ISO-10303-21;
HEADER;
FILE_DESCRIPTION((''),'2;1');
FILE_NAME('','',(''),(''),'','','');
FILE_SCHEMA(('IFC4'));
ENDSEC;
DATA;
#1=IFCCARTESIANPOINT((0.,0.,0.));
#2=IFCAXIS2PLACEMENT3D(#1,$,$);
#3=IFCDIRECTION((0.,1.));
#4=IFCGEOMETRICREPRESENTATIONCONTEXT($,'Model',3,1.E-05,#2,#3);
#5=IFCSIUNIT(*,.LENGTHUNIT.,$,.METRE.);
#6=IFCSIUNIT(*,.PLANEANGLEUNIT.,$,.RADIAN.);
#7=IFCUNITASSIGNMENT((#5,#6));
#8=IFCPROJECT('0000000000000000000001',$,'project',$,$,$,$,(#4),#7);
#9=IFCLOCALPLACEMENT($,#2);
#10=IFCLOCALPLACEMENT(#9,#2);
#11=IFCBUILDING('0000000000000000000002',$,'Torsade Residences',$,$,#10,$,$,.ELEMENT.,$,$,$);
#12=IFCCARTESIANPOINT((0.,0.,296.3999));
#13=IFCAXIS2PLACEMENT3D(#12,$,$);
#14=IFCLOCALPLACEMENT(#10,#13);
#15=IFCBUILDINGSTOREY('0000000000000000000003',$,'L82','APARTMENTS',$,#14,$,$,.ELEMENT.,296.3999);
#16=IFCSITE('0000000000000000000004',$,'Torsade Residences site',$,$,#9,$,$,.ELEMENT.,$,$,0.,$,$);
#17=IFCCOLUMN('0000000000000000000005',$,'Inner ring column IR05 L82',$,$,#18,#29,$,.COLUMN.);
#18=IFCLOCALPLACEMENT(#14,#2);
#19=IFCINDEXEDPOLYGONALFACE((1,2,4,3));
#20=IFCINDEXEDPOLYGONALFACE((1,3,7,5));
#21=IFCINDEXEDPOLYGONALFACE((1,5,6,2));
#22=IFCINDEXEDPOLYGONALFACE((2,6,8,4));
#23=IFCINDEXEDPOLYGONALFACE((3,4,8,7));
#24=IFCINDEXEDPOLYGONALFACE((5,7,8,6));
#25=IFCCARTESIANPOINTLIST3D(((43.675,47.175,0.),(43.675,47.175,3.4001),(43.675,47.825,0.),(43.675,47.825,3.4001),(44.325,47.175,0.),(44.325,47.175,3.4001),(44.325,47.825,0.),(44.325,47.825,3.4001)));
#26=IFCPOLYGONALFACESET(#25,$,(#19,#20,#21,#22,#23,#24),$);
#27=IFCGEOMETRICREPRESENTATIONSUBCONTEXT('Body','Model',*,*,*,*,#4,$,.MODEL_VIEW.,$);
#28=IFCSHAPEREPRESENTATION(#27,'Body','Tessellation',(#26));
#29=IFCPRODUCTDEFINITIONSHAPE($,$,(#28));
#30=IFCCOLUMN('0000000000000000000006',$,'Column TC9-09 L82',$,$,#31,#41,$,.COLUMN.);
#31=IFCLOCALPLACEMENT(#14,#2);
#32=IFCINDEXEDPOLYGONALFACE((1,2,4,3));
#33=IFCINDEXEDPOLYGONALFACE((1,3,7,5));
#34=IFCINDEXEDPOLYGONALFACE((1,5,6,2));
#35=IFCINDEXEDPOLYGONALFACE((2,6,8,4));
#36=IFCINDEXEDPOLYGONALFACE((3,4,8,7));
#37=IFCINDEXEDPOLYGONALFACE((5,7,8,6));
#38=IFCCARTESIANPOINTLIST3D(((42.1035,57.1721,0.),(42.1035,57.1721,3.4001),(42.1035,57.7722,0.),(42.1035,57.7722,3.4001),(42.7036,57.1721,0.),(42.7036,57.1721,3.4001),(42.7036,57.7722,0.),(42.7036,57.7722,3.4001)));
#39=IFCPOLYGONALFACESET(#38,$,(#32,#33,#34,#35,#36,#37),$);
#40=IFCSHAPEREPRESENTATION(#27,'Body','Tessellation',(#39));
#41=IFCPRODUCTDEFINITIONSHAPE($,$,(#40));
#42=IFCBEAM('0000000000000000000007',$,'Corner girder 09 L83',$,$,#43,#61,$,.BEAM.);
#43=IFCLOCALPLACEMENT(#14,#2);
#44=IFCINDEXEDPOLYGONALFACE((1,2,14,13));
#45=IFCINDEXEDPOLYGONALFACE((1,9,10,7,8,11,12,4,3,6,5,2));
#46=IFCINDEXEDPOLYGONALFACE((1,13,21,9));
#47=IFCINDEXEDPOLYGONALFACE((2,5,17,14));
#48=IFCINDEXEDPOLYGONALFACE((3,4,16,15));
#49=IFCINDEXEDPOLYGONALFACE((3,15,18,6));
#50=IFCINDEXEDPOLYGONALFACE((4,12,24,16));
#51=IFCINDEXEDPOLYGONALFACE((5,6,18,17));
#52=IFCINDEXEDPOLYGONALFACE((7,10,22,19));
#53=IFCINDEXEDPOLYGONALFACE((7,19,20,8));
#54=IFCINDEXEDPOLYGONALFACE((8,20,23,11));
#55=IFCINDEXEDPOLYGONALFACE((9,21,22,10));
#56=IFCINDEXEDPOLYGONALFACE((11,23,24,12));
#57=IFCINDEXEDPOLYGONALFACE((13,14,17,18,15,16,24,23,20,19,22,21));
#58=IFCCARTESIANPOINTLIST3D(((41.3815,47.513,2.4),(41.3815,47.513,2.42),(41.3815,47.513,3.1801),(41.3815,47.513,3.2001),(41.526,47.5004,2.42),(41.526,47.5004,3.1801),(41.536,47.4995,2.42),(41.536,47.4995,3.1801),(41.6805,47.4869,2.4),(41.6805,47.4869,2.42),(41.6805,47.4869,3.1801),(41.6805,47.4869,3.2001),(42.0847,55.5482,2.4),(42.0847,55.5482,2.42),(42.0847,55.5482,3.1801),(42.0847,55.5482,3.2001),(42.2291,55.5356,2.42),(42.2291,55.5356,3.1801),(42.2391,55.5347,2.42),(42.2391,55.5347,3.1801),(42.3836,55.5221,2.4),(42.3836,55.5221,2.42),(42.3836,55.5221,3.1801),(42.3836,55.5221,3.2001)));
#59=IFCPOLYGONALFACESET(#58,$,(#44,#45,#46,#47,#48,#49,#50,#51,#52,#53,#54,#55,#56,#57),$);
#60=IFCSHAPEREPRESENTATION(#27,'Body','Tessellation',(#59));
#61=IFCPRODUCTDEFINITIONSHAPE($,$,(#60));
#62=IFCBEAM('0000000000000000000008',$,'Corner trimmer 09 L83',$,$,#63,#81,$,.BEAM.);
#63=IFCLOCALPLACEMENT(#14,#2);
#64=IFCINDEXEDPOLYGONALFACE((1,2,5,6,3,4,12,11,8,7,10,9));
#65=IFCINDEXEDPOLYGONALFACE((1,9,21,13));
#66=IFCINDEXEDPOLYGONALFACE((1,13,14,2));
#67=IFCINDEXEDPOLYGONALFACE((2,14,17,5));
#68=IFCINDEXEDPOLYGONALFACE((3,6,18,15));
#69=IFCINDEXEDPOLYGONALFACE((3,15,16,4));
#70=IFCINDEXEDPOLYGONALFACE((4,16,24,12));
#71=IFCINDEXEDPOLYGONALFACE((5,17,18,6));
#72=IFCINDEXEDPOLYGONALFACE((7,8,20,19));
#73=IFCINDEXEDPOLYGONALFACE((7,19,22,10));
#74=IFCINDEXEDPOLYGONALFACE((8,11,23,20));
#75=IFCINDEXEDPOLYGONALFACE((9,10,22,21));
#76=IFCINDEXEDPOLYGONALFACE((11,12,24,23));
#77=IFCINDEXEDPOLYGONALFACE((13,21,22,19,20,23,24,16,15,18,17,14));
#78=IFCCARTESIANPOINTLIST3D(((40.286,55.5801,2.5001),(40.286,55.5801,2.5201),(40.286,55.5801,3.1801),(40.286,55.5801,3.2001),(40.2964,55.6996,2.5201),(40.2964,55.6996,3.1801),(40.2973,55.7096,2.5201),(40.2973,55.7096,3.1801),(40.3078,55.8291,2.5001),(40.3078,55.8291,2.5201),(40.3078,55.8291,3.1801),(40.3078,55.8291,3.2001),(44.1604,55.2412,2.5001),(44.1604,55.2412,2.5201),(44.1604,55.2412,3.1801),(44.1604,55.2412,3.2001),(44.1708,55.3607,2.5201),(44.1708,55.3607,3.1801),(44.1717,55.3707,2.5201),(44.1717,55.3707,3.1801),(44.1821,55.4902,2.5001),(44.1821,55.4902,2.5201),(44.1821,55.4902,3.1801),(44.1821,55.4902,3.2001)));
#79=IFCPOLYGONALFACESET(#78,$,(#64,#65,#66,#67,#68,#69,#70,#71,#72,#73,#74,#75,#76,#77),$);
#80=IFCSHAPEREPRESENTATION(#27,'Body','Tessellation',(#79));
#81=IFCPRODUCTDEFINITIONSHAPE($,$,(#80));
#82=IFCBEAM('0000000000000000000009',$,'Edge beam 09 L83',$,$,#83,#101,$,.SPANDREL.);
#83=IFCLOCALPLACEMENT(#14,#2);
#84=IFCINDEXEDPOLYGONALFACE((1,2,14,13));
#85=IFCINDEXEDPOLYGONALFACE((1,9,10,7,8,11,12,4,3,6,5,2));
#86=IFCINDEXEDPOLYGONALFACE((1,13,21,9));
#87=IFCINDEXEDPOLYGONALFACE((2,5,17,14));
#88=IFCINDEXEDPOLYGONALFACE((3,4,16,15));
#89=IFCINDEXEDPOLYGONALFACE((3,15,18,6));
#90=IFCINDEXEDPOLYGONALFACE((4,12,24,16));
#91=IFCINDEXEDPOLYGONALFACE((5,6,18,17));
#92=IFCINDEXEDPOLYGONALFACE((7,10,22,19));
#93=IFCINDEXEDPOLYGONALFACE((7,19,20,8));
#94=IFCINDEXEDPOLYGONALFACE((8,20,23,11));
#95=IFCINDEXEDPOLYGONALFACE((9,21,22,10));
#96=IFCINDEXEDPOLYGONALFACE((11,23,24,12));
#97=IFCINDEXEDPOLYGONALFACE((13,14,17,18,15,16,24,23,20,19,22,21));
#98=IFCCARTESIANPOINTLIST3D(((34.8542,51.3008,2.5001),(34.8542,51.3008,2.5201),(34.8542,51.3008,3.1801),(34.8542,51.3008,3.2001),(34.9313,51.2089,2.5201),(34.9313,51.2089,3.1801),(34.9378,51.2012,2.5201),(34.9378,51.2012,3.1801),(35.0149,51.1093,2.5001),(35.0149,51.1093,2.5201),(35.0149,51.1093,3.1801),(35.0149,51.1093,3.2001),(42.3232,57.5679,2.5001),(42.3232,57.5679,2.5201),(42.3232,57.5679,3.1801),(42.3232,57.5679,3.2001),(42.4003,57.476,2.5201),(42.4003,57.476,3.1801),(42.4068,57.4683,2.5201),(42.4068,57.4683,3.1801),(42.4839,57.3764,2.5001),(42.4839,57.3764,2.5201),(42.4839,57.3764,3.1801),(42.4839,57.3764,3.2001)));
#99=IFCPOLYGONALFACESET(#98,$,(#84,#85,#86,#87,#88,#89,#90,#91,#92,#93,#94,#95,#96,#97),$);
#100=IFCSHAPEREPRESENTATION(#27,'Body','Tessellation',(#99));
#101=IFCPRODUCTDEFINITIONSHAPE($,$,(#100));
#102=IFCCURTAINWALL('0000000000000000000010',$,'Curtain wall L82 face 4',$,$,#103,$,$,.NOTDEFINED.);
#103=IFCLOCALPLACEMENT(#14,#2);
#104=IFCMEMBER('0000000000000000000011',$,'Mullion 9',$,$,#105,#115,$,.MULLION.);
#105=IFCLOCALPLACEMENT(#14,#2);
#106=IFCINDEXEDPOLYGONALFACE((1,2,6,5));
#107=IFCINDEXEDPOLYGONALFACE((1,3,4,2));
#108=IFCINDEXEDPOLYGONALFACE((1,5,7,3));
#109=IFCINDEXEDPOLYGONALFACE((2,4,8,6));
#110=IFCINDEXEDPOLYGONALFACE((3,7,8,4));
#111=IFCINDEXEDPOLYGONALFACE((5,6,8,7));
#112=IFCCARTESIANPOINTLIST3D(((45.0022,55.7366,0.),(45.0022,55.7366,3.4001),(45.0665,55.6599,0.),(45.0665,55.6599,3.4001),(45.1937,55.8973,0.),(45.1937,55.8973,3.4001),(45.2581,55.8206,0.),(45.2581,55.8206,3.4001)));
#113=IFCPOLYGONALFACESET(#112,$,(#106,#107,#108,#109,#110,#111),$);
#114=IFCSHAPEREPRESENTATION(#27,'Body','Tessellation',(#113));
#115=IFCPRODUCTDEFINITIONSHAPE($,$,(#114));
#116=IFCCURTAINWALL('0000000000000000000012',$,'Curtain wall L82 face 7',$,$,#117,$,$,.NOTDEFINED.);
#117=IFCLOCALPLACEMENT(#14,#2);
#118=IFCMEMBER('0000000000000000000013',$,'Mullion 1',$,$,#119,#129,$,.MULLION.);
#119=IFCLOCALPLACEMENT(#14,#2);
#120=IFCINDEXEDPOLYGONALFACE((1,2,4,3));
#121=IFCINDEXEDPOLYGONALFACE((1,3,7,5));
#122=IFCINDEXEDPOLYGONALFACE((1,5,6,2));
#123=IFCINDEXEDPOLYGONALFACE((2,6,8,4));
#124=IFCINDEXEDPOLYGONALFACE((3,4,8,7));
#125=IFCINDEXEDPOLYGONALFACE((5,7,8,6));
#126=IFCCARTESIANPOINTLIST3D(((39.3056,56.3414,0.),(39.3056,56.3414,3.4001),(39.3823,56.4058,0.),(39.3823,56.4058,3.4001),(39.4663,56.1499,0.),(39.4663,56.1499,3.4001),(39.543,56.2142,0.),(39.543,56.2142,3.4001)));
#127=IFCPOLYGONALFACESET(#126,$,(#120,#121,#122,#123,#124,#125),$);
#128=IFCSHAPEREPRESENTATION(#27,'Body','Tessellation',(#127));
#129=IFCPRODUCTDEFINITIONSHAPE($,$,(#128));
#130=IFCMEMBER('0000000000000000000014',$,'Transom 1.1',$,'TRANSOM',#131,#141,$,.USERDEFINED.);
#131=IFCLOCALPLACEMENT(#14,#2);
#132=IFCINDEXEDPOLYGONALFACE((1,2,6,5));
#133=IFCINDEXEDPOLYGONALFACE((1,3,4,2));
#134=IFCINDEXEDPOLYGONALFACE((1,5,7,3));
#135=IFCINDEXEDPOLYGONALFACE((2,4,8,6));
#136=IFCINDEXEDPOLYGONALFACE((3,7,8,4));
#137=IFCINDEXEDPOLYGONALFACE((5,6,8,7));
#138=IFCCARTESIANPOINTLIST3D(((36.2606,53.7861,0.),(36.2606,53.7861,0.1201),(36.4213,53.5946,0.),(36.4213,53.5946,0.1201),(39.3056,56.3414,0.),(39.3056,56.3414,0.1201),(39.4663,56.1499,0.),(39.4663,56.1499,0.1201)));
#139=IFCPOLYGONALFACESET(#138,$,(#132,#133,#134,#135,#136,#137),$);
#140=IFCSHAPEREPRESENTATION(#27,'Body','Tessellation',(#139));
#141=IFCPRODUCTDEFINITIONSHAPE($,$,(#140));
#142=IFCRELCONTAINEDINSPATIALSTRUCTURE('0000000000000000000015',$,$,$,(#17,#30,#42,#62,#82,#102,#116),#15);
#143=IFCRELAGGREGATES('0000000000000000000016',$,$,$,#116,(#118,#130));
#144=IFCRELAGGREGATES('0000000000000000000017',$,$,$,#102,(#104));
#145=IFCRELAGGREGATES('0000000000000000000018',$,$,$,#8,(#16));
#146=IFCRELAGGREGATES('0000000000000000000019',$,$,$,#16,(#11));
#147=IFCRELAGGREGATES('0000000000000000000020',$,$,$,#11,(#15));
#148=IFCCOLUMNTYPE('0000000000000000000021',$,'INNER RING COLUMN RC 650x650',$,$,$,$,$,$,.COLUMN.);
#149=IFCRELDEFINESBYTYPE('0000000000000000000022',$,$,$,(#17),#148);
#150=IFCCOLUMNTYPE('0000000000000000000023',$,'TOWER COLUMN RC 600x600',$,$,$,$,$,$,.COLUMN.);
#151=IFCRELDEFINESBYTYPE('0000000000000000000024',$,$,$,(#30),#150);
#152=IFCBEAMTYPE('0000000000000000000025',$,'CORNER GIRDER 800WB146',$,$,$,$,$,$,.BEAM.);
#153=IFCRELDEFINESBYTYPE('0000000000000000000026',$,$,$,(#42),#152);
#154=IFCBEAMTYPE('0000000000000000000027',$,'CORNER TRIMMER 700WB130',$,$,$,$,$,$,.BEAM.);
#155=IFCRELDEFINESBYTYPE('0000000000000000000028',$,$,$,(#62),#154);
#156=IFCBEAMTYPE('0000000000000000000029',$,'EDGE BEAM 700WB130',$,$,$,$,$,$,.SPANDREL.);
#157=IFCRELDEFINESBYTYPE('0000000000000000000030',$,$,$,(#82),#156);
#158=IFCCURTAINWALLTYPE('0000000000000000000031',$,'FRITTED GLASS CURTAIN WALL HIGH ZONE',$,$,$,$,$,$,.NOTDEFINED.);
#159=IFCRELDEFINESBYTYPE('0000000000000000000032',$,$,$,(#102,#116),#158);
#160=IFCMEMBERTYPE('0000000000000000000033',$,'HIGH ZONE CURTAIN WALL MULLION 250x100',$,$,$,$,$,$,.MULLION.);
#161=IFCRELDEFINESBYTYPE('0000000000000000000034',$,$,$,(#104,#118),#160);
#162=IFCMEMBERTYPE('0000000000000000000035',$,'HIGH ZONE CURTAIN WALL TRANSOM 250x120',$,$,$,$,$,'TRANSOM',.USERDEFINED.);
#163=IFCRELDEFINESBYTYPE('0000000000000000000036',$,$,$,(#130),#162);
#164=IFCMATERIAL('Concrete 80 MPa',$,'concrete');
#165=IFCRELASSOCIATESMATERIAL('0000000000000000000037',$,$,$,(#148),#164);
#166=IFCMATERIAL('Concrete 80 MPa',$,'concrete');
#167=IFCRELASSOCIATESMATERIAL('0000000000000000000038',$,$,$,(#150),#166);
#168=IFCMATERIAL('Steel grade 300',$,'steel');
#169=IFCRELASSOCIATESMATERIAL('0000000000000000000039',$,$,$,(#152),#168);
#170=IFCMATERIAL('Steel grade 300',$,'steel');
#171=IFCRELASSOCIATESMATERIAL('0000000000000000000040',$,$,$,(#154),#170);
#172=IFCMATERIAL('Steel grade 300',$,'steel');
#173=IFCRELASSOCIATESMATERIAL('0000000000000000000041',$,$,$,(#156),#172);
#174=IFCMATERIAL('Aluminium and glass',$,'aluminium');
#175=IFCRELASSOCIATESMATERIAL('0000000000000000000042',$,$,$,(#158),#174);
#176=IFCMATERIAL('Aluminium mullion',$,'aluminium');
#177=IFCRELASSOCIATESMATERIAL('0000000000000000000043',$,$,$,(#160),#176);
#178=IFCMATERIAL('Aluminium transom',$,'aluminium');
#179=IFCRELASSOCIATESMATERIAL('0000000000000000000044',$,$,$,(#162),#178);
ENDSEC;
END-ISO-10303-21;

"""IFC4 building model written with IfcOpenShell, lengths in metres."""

from ifc_helpers import new_model, si_unit, direction, frame, origin, origin_2d, place, context, subcontext, project, spatial, rectangle, i_section, extrude, material, material_profile, profile_set, type_object, element, aggregate, save


model = new_model("IFC4")

# Units and contexts
model_context = context("Model", 3, precision=1e-05, world=origin(), true_north=direction((0.0, 1.0)))
body_context = subcontext(model_context, "Body", "Model", "MODEL_VIEW")
ifc_project = project(units=[si_unit("LENGTHUNIT", "METRE"), si_unit("PLANEANGLEUNIT", "RADIAN")], contexts=[model_context])

# Site, building, storey
site_placement = place(None, origin())
site = spatial("IfcSite", under=ifc_project, at=site_placement, Name="Torsade Residences site", CompositionType="ELEMENT", RefElevation=0.0)
building_placement = place(site_placement, origin())
building = spatial("IfcBuilding", under=site, at=building_placement, Name="Torsade Residences", CompositionType="ELEMENT")
storey_placement = place(building_placement, frame((0.0, 0.0, 296.3999)))
storey = spatial("IfcBuildingStorey", under=building, at=storey_placement, Name="L82", Description="APARTMENTS", CompositionType="ELEMENT", Elevation=296.3999)

# Columns
ifc_material_1 = material(Name="Concrete 80 MPa", Category="concrete")
ifc_material_profile_1 = material_profile(ifc_material_1, rectangle(XDim=0.6499, YDim=0.6499, at=origin_2d()), Name="RC 650x650")
ifc_profile_set_1 = profile_set([ifc_material_profile_1], Name="Concrete 80 MPa")
column_type_1 = type_object("IfcColumnType", Name="INNER RING COLUMN RC 650x650", PredefinedType="COLUMN", material=ifc_profile_set_1)
column_1_placement = place(storey_placement, frame((44.0, 47.5, 0.0), z_axis=(0.0, 0.0, 1.0), x_axis=(1.0, 0.0, 0.0)))
element("IfcColumn", 1, at=column_1_placement, inside=storey, type_object=column_type_1, Name="Inner ring column IR05 L82", PredefinedType="COLUMN", context=body_context, shape_type="SweptSolid", body=[
    extrude(rectangle(XDim=0.6499, YDim=0.6499, at=origin_2d()), origin(), (0.0, 0.0, 1.0), 3.4001),
])
ifc_material_2 = material(Name="Concrete 80 MPa", Category="concrete")
ifc_material_profile_2 = material_profile(ifc_material_2, rectangle(XDim=0.6001, YDim=0.6001, at=origin_2d()), Name="RC 600x600")
ifc_profile_set_2 = profile_set([ifc_material_profile_2], Name="Concrete 80 MPa")
column_type_2 = type_object("IfcColumnType", Name="TOWER COLUMN RC 600x600", PredefinedType="COLUMN", material=ifc_profile_set_2)
column_2_placement = place(storey_placement, frame((42.4036, 57.4722, 0.0), z_axis=(0.0, 0.0, 1.0), x_axis=(1.0, 0.0, 0.0)))
element("IfcColumn", 2, at=column_2_placement, inside=storey, type_object=column_type_2, Name="Column TC9-09 L82", PredefinedType="COLUMN", context=body_context, shape_type="SweptSolid", body=[
    extrude(rectangle(XDim=0.6001, YDim=0.6001, at=origin_2d()), origin(), (0.0, 0.0, 1.0), 3.4001),
])

# Beams
ifc_material_3 = material(Name="Steel grade 300", Category="steel")
ifc_material_profile_3 = material_profile(ifc_material_3, i_section(OverallWidth=0.3, OverallDepth=0.8, WebThickness=0.01, FlangeThickness=0.02, at=origin_2d()), Name="800WB146")
ifc_profile_set_3 = profile_set([ifc_material_profile_3], Name="Steel grade 300")
beam_type_1 = type_object("IfcBeamType", Name="CORNER GIRDER 800WB146", PredefinedType="BEAM", material=ifc_profile_set_3)
beam_1_placement = place(storey_placement, frame((42.2341, 55.5352, 2.8), z_axis=(-0.087173, -0.996193, 0.0), x_axis=(0.996193, -0.087173, 0.0)))
element("IfcBeam", 3, at=beam_1_placement, inside=storey, type_object=beam_type_1, Name="Corner girder 09 L83", PredefinedType="BEAM", context=body_context, shape_type="SweptSolid", body=[
    extrude(i_section(OverallWidth=0.3, OverallDepth=0.8, WebThickness=0.01, FlangeThickness=0.02, at=origin_2d()), origin(), (0.0, 0.0, 1.0), 8.0659),
])
ifc_material_4 = material(Name="Steel grade 300", Category="steel")
ifc_material_profile_4 = material_profile(ifc_material_4, i_section(OverallWidth=0.25, OverallDepth=0.7, WebThickness=0.01, FlangeThickness=0.02, at=origin_2d()), Name="700WB130")
ifc_profile_set_4 = profile_set([ifc_material_profile_4], Name="Steel grade 300")
beam_type_2 = type_object("IfcBeamType", Name="CORNER TRIMMER 700WB130", PredefinedType="BEAM", material=ifc_profile_set_4)
beam_2_placement = place(storey_placement, frame((40.2969, 55.7046, 2.8501), z_axis=(0.996197, -0.087133, 0.0), x_axis=(0.087133, 0.996197, 0.0)))
element("IfcBeam", 4, at=beam_2_placement, inside=storey, type_object=beam_type_2, Name="Corner trimmer 09 L83", PredefinedType="BEAM", context=body_context, shape_type="SweptSolid", body=[
    extrude(i_section(OverallWidth=0.25, OverallDepth=0.7, WebThickness=0.01, FlangeThickness=0.02, at=origin_2d()), origin(), (0.0, 0.0, 1.0), 3.8892),
])
ifc_material_5 = material(Name="Steel grade 300", Category="steel")
ifc_material_profile_5 = material_profile(ifc_material_5, i_section(OverallWidth=0.25, OverallDepth=0.7, WebThickness=0.01, FlangeThickness=0.02, at=origin_2d()), Name="700WB130")
ifc_profile_set_5 = profile_set([ifc_material_profile_5], Name="Steel grade 300")
beam_type_3 = type_object("IfcBeamType", Name="EDGE BEAM 700WB130", PredefinedType="SPANDREL", material=ifc_profile_set_5)
beam_3_placement = place(storey_placement, frame((42.4036, 57.4722, 2.8501), z_axis=(-0.766052, -0.642779, 0.0), x_axis=(0.642779, -0.766052, 0.0)))
element("IfcBeam", 5, at=beam_3_placement, inside=storey, type_object=beam_type_3, Name="Edge beam 09 L83", PredefinedType="SPANDREL", context=body_context, shape_type="SweptSolid", body=[
    extrude(i_section(OverallWidth=0.25, OverallDepth=0.7, WebThickness=0.01, FlangeThickness=0.02, at=origin_2d()), origin(), (0.0, 0.0, 1.0), 9.75),
])

# Curtain wall, member
ifc_material_6 = material(Name="Aluminium and glass", Category="aluminium")
curtain_wall_type = type_object("IfcCurtainWallType", Name="FRITTED GLASS CURTAIN WALL HIGH ZONE", PredefinedType="NOTDEFINED", material=ifc_material_6)
curtain_wall_1_placement = place(storey_placement, origin())
curtain_wall_1 = element("IfcCurtainWall", 6, at=curtain_wall_1_placement, inside=storey, type_object=curtain_wall_type, Name="Curtain wall L82 face 4", PredefinedType="NOTDEFINED")
ifc_material_7 = material(Name="Aluminium mullion", Category="aluminium")
ifc_material_profile_6 = material_profile(ifc_material_7, rectangle(XDim=0.25, YDim=0.1001, at=origin_2d()), Name="HIGH ZONE CURTAIN WALL MULLION 250x100")
ifc_profile_set_6 = profile_set([ifc_material_profile_6], Name="Aluminium mullion")
member_type_1 = type_object("IfcMemberType", Name="HIGH ZONE CURTAIN WALL MULLION 250x100", PredefinedType="MULLION", material=ifc_profile_set_6)
member_1_placement = place(storey_placement, frame((45.1301, 55.7786, 0.0), z_axis=(0.0, 0.0, 1.0), x_axis=(-0.766044, -0.642788, 0.0)))
member_1 = element("IfcMember", 7, at=member_1_placement, type_object=member_type_1, Name="Mullion 9", PredefinedType="MULLION", context=body_context, shape_type="SweptSolid", body=[
    extrude(rectangle(XDim=0.25, YDim=0.1001, at=origin_2d()), origin(), (0.0, 0.0, 1.0), 3.4001),
])

# Curtain wall, members
curtain_wall_2_placement = place(storey_placement, origin())
curtain_wall_2 = element("IfcCurtainWall", 8, at=curtain_wall_2_placement, inside=storey, type_object=curtain_wall_type, Name="Curtain wall L82 face 7", PredefinedType="NOTDEFINED")
member_2_placement = place(storey_placement, frame((39.4243, 56.2778, 0.0), z_axis=(0.0, 0.0, 1.0), x_axis=(0.642788, -0.766044, 0.0)))
member_2 = element("IfcMember", 9, at=member_2_placement, type_object=member_type_1, Name="Mullion 1", PredefinedType="MULLION", context=body_context, shape_type="SweptSolid", body=[
    extrude(rectangle(XDim=0.25, YDim=0.1001, at=origin_2d()), origin(), (0.0, 0.0, 1.0), 3.4001),
])
ifc_material_8 = material(Name="Aluminium transom", Category="aluminium")
ifc_material_profile_7 = material_profile(ifc_material_8, rectangle(XDim=0.25, YDim=0.1201, at=origin_2d()), Name="HIGH ZONE CURTAIN WALL TRANSOM 250x120")
ifc_profile_set_7 = profile_set([ifc_material_profile_7], Name="Aluminium transom")
member_type_2 = type_object("IfcMemberType", Name="HIGH ZONE CURTAIN WALL TRANSOM 250x120", ElementType="TRANSOM", PredefinedType="USERDEFINED", material=ifc_profile_set_7)
member_3_placement = place(storey_placement, frame((39.386, 56.2456, 0.0601), z_axis=(-0.766022, -0.642815, 0.0), x_axis=(0.642815, -0.766022, 0.0)))
member_3 = element("IfcMember", 10, at=member_3_placement, type_object=member_type_2, Name="Transom 1.1", ObjectType="TRANSOM", PredefinedType="USERDEFINED", context=body_context, shape_type="SweptSolid", body=[
    extrude(rectangle(XDim=0.25, YDim=0.1201, at=origin_2d()), origin(), (0.0, 0.0, 1.0), 3.9751),
])
aggregate(curtain_wall_2, [member_2, member_3])

aggregate(curtain_wall_1, [member_1])

save(model, "model.ifc")
